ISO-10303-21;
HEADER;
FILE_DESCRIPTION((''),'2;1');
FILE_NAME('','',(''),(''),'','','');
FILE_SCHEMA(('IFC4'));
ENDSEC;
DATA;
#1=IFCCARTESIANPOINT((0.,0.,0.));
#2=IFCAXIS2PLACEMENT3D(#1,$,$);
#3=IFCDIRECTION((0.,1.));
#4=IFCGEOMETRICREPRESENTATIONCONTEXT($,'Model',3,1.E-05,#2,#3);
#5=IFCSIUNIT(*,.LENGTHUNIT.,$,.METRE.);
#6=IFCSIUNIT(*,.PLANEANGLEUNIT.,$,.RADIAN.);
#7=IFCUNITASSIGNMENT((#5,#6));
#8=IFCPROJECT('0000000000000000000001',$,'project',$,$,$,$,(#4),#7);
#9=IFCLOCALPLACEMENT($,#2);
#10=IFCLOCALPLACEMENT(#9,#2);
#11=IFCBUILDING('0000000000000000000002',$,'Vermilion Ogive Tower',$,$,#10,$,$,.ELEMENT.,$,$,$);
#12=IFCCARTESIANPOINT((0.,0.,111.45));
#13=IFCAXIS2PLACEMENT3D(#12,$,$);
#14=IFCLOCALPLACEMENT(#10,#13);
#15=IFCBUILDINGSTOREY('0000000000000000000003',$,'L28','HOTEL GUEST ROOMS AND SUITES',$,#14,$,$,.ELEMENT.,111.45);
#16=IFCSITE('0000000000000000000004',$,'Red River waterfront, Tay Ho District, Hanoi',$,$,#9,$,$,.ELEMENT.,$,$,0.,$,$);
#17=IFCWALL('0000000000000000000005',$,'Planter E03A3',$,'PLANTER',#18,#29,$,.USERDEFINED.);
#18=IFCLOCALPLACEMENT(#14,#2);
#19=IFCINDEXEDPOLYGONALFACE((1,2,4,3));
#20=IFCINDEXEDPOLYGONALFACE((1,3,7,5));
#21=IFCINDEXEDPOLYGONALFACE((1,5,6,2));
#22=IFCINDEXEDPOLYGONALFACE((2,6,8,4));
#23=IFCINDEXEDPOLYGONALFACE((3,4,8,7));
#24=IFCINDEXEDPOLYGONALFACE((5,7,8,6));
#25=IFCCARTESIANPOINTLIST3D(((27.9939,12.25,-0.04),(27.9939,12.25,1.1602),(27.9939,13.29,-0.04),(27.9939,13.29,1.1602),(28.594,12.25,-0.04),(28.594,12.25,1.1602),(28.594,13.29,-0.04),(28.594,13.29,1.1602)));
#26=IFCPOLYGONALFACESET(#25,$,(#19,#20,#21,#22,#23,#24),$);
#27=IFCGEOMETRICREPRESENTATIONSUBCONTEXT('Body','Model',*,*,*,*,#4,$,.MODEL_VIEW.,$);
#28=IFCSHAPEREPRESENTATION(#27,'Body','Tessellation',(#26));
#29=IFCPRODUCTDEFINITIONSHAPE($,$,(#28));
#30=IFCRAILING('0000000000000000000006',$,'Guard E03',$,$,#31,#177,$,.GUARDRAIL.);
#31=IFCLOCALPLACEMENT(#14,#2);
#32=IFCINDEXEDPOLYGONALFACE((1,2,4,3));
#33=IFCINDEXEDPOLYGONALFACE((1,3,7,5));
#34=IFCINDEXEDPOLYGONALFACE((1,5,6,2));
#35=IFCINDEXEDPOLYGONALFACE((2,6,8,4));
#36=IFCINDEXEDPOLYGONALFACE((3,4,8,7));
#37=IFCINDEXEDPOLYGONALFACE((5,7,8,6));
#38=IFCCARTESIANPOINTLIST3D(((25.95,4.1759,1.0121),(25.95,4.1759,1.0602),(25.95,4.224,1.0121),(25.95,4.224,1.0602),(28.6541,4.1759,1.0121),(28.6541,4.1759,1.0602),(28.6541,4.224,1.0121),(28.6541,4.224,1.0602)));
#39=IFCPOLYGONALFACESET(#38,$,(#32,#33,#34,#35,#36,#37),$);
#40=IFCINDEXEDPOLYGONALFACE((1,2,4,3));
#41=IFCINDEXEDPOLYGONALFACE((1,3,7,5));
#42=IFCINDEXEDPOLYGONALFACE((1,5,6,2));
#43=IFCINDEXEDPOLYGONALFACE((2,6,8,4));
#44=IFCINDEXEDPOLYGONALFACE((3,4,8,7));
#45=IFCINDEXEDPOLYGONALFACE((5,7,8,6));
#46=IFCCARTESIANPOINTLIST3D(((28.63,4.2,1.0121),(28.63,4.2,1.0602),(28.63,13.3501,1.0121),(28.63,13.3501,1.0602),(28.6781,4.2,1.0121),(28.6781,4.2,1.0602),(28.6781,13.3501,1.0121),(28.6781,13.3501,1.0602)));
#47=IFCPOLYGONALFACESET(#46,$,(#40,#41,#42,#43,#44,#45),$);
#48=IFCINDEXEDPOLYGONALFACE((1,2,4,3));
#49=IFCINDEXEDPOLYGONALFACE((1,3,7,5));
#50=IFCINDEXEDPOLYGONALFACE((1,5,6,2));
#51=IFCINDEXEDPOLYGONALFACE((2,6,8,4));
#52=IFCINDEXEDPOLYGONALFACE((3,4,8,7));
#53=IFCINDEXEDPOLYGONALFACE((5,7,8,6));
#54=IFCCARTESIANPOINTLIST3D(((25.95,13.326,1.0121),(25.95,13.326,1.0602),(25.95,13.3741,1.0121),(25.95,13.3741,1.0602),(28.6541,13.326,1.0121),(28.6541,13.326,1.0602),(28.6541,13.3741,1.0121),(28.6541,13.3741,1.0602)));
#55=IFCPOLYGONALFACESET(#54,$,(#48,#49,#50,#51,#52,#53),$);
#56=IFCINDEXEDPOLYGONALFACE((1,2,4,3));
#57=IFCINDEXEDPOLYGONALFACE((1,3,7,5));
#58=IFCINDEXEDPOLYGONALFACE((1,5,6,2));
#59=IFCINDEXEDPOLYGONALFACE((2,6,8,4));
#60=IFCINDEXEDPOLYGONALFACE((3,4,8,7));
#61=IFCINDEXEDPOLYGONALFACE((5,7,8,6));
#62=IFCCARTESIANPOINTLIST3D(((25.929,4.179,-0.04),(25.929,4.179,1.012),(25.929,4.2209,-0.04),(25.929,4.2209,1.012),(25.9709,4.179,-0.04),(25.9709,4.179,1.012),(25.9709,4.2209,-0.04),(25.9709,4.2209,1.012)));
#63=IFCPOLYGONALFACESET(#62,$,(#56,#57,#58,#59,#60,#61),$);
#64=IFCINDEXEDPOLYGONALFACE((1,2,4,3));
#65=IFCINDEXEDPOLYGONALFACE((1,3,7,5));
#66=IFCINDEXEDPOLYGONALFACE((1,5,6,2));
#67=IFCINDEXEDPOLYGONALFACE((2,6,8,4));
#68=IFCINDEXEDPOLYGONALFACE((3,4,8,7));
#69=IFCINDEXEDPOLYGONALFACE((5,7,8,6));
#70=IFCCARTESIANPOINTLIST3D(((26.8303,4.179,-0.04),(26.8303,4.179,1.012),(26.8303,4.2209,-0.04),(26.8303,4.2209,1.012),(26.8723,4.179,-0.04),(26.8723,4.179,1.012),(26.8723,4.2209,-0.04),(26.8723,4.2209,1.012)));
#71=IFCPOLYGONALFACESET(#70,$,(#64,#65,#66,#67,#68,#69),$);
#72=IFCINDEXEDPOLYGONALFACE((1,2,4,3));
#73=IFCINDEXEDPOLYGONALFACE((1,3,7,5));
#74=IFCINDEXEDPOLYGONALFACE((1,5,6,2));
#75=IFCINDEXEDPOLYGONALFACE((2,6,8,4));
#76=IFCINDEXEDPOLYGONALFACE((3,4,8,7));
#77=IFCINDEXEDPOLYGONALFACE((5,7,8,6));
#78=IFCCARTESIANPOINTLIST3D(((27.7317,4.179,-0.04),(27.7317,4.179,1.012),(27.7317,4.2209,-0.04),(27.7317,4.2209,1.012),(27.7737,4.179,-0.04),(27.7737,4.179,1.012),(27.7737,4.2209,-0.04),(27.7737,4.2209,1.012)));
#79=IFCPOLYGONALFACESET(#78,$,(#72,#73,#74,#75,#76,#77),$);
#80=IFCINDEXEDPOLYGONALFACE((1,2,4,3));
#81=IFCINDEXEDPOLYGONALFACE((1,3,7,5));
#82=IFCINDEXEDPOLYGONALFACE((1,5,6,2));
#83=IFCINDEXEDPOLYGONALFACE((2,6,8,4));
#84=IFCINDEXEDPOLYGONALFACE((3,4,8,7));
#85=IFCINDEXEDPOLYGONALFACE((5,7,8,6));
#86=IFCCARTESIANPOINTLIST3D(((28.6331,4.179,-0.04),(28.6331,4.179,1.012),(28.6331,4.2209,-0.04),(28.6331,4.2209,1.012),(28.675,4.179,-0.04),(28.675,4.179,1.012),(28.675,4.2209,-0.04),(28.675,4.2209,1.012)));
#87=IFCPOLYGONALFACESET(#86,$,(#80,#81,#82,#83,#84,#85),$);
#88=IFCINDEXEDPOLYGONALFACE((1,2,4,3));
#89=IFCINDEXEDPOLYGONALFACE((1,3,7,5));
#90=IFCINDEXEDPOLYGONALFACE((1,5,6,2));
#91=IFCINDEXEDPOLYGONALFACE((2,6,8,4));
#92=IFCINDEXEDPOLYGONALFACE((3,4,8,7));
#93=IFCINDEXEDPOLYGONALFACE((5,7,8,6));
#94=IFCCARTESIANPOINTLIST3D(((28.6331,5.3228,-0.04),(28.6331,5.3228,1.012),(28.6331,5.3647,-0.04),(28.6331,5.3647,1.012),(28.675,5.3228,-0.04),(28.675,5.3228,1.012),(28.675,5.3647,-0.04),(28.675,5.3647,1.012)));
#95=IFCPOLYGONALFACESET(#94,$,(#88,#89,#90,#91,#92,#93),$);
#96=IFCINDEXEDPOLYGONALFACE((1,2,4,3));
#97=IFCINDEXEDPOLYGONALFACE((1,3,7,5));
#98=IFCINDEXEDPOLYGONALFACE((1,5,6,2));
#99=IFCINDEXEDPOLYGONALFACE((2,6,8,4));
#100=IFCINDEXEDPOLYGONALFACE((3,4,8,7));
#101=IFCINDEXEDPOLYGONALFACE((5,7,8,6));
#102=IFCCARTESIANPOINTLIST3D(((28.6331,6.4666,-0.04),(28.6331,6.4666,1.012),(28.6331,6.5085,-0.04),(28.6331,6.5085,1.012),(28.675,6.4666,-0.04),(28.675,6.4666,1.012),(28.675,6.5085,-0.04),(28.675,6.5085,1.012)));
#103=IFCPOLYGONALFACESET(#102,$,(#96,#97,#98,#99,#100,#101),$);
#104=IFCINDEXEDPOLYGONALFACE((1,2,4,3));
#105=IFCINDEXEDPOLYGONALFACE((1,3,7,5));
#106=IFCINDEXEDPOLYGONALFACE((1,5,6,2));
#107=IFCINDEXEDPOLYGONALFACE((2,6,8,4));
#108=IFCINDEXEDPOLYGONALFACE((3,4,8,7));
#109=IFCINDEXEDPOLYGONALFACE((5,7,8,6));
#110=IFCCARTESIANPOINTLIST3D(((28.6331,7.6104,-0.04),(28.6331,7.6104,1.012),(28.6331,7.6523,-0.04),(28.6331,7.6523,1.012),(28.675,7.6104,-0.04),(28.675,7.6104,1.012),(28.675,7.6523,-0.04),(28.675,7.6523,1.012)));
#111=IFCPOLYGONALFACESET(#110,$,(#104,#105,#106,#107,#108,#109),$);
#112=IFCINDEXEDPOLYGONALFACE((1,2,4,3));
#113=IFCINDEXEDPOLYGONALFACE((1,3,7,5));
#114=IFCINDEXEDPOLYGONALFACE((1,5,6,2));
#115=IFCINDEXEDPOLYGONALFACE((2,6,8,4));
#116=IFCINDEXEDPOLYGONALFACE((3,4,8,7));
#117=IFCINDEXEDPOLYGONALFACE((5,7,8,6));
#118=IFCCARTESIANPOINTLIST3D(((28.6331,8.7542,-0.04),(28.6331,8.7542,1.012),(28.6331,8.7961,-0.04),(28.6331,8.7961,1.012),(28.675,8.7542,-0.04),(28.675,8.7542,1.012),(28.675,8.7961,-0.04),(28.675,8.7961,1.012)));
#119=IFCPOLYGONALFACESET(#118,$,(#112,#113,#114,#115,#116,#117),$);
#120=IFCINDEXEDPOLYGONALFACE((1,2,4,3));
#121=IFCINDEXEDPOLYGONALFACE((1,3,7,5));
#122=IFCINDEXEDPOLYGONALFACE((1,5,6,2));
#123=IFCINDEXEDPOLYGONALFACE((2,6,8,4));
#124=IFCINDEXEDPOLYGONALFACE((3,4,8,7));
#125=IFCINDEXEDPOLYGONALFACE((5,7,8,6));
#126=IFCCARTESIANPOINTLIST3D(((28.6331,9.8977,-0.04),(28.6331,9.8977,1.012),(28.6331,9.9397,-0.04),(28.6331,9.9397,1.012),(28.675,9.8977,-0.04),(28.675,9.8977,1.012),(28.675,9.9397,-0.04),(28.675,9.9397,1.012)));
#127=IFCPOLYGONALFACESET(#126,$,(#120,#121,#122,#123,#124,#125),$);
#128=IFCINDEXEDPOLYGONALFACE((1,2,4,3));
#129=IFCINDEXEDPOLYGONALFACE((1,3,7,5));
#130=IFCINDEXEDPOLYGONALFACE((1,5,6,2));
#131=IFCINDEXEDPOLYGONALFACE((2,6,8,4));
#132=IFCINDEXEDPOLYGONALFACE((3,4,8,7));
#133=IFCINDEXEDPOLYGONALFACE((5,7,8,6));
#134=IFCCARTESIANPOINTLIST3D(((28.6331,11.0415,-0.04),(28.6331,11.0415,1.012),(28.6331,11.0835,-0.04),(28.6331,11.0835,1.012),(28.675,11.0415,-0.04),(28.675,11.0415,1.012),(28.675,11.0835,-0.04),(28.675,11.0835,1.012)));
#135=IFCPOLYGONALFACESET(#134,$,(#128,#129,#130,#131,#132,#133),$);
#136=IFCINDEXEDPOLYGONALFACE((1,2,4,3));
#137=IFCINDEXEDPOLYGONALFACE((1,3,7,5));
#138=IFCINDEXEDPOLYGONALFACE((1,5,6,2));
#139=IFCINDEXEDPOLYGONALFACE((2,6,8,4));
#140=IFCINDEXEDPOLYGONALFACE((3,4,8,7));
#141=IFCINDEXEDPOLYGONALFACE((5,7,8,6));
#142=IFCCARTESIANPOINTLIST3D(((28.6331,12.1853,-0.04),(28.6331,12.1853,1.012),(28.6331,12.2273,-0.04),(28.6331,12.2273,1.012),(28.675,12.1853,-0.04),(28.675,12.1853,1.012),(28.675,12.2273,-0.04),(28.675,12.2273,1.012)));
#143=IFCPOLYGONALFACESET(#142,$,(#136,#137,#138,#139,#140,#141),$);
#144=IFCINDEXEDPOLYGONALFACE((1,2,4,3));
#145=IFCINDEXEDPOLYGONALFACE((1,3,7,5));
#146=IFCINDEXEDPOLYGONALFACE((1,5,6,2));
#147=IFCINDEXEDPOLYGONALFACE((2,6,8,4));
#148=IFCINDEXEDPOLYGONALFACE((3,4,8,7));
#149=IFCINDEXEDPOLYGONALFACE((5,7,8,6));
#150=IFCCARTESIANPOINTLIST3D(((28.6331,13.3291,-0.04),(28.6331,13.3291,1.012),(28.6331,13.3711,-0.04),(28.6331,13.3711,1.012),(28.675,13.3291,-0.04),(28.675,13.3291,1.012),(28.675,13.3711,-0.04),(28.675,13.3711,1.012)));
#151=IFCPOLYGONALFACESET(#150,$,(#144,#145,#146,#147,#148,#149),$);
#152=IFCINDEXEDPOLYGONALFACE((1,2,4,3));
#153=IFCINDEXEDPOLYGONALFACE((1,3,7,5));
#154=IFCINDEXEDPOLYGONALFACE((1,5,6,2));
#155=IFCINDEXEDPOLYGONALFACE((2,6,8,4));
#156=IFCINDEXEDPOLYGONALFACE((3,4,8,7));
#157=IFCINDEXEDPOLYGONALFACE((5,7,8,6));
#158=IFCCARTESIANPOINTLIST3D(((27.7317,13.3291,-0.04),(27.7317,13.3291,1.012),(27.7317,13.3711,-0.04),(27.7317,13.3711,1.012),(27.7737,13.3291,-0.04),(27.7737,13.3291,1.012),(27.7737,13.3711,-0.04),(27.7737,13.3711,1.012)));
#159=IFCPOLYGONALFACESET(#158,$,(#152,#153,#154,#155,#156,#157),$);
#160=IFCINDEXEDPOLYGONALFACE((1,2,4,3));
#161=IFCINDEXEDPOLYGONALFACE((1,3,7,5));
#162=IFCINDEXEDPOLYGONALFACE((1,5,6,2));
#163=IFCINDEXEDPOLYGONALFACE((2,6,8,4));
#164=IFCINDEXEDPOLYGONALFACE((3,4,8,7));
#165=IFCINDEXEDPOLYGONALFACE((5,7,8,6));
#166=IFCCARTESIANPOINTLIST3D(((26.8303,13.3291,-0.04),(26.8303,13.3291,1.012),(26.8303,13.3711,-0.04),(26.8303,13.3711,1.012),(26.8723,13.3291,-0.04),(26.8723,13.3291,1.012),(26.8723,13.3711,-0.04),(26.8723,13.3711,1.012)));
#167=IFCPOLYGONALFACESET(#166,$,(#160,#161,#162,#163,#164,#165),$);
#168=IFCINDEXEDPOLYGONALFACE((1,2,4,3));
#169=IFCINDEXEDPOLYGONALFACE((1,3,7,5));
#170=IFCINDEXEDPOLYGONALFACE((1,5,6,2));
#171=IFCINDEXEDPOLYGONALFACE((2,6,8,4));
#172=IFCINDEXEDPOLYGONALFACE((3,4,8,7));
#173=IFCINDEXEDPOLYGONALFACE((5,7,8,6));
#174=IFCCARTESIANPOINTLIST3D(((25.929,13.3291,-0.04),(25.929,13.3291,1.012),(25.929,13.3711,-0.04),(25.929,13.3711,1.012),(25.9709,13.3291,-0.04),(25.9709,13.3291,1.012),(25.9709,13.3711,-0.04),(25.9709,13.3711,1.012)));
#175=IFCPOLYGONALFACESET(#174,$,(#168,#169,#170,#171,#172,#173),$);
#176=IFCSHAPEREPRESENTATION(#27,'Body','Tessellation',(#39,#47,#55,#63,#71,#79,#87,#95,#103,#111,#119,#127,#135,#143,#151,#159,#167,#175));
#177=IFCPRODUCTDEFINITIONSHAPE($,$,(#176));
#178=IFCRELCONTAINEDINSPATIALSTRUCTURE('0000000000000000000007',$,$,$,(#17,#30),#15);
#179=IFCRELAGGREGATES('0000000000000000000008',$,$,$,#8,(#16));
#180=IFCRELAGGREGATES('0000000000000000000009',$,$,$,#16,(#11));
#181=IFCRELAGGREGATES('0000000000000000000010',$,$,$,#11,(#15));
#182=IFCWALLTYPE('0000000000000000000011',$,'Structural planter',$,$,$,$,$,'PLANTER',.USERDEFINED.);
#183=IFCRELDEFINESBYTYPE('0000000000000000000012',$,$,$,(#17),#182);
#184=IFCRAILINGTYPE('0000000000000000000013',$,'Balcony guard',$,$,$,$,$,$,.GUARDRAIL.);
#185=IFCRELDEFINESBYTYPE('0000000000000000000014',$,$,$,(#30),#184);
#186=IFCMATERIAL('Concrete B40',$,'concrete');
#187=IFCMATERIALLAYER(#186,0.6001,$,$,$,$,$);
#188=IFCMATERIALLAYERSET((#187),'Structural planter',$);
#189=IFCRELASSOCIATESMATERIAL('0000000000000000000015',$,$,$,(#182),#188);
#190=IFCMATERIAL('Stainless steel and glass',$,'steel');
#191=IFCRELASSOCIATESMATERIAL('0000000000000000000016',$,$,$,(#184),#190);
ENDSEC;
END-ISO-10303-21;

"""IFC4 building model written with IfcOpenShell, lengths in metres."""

from ifc_helpers import new_model, si_unit, direction, frame, frame_2d, origin, origin_2d, place, context, subcontext, project, spatial, rectangle, extrude, material, layer, layer_set, type_object, element, save


model = new_model("IFC4")

# Units and contexts
model_context = context("Model", 3, precision=1e-05, world=origin(), true_north=direction((0.0, 1.0)))
body_context = subcontext(model_context, "Body", "Model", "MODEL_VIEW")
ifc_project = project(units=[si_unit("LENGTHUNIT", "METRE"), si_unit("PLANEANGLEUNIT", "RADIAN")], contexts=[model_context])

# Site, building, storey
site_placement = place(None, origin())
site = spatial("IfcSite", under=ifc_project, at=site_placement, Name="Red River waterfront, Tay Ho District, Hanoi", CompositionType="ELEMENT", RefElevation=0.0)
building_placement = place(site_placement, origin())
building = spatial("IfcBuilding", under=site, at=building_placement, Name="Vermilion Ogive Tower", CompositionType="ELEMENT")
storey_placement = place(building_placement, frame((0.0, 0.0, 111.45)))
storey = spatial("IfcBuildingStorey", under=building, at=storey_placement, Name="L28", Description="HOTEL GUEST ROOMS AND SUITES", CompositionType="ELEMENT", Elevation=111.45)

# Wall
ifc_material_1 = material(Name="Concrete B40", Category="concrete")
ifc_layer_1 = layer(ifc_material_1, 0.6001)
ifc_layer_set_1 = layer_set([ifc_layer_1], Name="Structural planter")
wall_type_1 = type_object("IfcWallType", Name="Structural planter", ElementType="PLANTER", PredefinedType="USERDEFINED", material=ifc_layer_set_1)
wall_1_placement = place(storey_placement, frame((28.2939, 12.25, -0.04), z_axis=(0.0, 0.0, 1.0), x_axis=(0.0, 1.0, 0.0)))
element("IfcWall", 1, at=wall_1_placement, inside=storey, type_object=wall_type_1, Name="Planter E03A3", ObjectType="PLANTER", PredefinedType="USERDEFINED", context=body_context, shape_type="SweptSolid", body=[
    extrude(rectangle(XDim=1.04, YDim=0.6001, at=frame_2d((0.52, 0.0))), origin(), (0.0, 0.0, 1.0), 1.2002),
])

# Railing
ifc_material_2 = material(Name="Stainless steel and glass", Category="steel")
railing_type = type_object("IfcRailingType", Name="Balcony guard", PredefinedType="GUARDRAIL", material=ifc_material_2)
railing_placement = place(storey_placement, frame((25.95, 4.2, -0.04)))
element("IfcRailing", 2, at=railing_placement, inside=storey, type_object=railing_type, Name="Guard E03", PredefinedType="GUARDRAIL", context=body_context, shape_type="SweptSolid", body=[
    extrude(rectangle(XDim=0.0481, YDim=0.0481, at=origin_2d()), frame((0.0, 0.0, 1.0762), z_axis=(1.0, 0.0, 0.0), x_axis=(0.0, 1.0, 0.0)), (0.0, 0.0, 1.0), 2.7041),
    extrude(rectangle(XDim=0.0481, YDim=0.0481, at=origin_2d()), frame((2.7041, 0.0, 1.0762), z_axis=(0.0, 1.0, 0.0), x_axis=(-1.0, 0.0, 0.0)), (0.0, 0.0, 1.0), 9.1501),
    extrude(rectangle(XDim=0.0481, YDim=0.0481, at=origin_2d()), frame((2.7041, 9.1501, 1.0762), z_axis=(-1.0, 0.0, 0.0), x_axis=(0.0, -1.0, 0.0)), (0.0, 0.0, 1.0), 2.7041),
    extrude(rectangle(XDim=0.042, YDim=0.042, at=origin_2d()), origin(), (0.0, 0.0, 1.0), 1.052),
    extrude(rectangle(XDim=0.042, YDim=0.042, at=origin_2d()), frame((0.9014, 0.0, 0.0)), (0.0, 0.0, 1.0), 1.052),
    extrude(rectangle(XDim=0.042, YDim=0.042, at=origin_2d()), frame((1.8027, 0.0, 0.0)), (0.0, 0.0, 1.0), 1.052),
    extrude(rectangle(XDim=0.042, YDim=0.042, at=origin_2d()), frame((2.7041, 0.0, 0.0)), (0.0, 0.0, 1.0), 1.052),
    extrude(rectangle(XDim=0.042, YDim=0.042, at=origin_2d()), frame((2.7041, 1.1438, 0.0)), (0.0, 0.0, 1.0), 1.052),
    extrude(rectangle(XDim=0.042, YDim=0.042, at=origin_2d()), frame((2.7041, 2.2876, 0.0)), (0.0, 0.0, 1.0), 1.052),
    extrude(rectangle(XDim=0.042, YDim=0.042, at=origin_2d()), frame((2.7041, 3.4314, 0.0)), (0.0, 0.0, 1.0), 1.052),
    extrude(rectangle(XDim=0.042, YDim=0.042, at=origin_2d()), frame((2.7041, 4.5752, 0.0)), (0.0, 0.0, 1.0), 1.052),
    extrude(rectangle(XDim=0.042, YDim=0.042, at=origin_2d()), frame((2.7041, 5.7188, 0.0)), (0.0, 0.0, 1.0), 1.052),
    extrude(rectangle(XDim=0.042, YDim=0.042, at=origin_2d()), frame((2.7041, 6.8625, 0.0)), (0.0, 0.0, 1.0), 1.052),
    extrude(rectangle(XDim=0.042, YDim=0.042, at=origin_2d()), frame((2.7041, 8.0063, 0.0)), (0.0, 0.0, 1.0), 1.052),
    extrude(rectangle(XDim=0.042, YDim=0.042, at=origin_2d()), frame((2.7041, 9.1501, 0.0)), (0.0, 0.0, 1.0), 1.052),
    extrude(rectangle(XDim=0.042, YDim=0.042, at=origin_2d()), frame((1.8027, 9.1501, 0.0)), (0.0, 0.0, 1.0), 1.052),
    extrude(rectangle(XDim=0.042, YDim=0.042, at=origin_2d()), frame((0.9014, 9.1501, 0.0)), (0.0, 0.0, 1.0), 1.052),
    extrude(rectangle(XDim=0.042, YDim=0.042, at=origin_2d()), frame((0.0, 9.1501, 0.0)), (0.0, 0.0, 1.0), 1.052),
])

save(model, "model.ifc")
